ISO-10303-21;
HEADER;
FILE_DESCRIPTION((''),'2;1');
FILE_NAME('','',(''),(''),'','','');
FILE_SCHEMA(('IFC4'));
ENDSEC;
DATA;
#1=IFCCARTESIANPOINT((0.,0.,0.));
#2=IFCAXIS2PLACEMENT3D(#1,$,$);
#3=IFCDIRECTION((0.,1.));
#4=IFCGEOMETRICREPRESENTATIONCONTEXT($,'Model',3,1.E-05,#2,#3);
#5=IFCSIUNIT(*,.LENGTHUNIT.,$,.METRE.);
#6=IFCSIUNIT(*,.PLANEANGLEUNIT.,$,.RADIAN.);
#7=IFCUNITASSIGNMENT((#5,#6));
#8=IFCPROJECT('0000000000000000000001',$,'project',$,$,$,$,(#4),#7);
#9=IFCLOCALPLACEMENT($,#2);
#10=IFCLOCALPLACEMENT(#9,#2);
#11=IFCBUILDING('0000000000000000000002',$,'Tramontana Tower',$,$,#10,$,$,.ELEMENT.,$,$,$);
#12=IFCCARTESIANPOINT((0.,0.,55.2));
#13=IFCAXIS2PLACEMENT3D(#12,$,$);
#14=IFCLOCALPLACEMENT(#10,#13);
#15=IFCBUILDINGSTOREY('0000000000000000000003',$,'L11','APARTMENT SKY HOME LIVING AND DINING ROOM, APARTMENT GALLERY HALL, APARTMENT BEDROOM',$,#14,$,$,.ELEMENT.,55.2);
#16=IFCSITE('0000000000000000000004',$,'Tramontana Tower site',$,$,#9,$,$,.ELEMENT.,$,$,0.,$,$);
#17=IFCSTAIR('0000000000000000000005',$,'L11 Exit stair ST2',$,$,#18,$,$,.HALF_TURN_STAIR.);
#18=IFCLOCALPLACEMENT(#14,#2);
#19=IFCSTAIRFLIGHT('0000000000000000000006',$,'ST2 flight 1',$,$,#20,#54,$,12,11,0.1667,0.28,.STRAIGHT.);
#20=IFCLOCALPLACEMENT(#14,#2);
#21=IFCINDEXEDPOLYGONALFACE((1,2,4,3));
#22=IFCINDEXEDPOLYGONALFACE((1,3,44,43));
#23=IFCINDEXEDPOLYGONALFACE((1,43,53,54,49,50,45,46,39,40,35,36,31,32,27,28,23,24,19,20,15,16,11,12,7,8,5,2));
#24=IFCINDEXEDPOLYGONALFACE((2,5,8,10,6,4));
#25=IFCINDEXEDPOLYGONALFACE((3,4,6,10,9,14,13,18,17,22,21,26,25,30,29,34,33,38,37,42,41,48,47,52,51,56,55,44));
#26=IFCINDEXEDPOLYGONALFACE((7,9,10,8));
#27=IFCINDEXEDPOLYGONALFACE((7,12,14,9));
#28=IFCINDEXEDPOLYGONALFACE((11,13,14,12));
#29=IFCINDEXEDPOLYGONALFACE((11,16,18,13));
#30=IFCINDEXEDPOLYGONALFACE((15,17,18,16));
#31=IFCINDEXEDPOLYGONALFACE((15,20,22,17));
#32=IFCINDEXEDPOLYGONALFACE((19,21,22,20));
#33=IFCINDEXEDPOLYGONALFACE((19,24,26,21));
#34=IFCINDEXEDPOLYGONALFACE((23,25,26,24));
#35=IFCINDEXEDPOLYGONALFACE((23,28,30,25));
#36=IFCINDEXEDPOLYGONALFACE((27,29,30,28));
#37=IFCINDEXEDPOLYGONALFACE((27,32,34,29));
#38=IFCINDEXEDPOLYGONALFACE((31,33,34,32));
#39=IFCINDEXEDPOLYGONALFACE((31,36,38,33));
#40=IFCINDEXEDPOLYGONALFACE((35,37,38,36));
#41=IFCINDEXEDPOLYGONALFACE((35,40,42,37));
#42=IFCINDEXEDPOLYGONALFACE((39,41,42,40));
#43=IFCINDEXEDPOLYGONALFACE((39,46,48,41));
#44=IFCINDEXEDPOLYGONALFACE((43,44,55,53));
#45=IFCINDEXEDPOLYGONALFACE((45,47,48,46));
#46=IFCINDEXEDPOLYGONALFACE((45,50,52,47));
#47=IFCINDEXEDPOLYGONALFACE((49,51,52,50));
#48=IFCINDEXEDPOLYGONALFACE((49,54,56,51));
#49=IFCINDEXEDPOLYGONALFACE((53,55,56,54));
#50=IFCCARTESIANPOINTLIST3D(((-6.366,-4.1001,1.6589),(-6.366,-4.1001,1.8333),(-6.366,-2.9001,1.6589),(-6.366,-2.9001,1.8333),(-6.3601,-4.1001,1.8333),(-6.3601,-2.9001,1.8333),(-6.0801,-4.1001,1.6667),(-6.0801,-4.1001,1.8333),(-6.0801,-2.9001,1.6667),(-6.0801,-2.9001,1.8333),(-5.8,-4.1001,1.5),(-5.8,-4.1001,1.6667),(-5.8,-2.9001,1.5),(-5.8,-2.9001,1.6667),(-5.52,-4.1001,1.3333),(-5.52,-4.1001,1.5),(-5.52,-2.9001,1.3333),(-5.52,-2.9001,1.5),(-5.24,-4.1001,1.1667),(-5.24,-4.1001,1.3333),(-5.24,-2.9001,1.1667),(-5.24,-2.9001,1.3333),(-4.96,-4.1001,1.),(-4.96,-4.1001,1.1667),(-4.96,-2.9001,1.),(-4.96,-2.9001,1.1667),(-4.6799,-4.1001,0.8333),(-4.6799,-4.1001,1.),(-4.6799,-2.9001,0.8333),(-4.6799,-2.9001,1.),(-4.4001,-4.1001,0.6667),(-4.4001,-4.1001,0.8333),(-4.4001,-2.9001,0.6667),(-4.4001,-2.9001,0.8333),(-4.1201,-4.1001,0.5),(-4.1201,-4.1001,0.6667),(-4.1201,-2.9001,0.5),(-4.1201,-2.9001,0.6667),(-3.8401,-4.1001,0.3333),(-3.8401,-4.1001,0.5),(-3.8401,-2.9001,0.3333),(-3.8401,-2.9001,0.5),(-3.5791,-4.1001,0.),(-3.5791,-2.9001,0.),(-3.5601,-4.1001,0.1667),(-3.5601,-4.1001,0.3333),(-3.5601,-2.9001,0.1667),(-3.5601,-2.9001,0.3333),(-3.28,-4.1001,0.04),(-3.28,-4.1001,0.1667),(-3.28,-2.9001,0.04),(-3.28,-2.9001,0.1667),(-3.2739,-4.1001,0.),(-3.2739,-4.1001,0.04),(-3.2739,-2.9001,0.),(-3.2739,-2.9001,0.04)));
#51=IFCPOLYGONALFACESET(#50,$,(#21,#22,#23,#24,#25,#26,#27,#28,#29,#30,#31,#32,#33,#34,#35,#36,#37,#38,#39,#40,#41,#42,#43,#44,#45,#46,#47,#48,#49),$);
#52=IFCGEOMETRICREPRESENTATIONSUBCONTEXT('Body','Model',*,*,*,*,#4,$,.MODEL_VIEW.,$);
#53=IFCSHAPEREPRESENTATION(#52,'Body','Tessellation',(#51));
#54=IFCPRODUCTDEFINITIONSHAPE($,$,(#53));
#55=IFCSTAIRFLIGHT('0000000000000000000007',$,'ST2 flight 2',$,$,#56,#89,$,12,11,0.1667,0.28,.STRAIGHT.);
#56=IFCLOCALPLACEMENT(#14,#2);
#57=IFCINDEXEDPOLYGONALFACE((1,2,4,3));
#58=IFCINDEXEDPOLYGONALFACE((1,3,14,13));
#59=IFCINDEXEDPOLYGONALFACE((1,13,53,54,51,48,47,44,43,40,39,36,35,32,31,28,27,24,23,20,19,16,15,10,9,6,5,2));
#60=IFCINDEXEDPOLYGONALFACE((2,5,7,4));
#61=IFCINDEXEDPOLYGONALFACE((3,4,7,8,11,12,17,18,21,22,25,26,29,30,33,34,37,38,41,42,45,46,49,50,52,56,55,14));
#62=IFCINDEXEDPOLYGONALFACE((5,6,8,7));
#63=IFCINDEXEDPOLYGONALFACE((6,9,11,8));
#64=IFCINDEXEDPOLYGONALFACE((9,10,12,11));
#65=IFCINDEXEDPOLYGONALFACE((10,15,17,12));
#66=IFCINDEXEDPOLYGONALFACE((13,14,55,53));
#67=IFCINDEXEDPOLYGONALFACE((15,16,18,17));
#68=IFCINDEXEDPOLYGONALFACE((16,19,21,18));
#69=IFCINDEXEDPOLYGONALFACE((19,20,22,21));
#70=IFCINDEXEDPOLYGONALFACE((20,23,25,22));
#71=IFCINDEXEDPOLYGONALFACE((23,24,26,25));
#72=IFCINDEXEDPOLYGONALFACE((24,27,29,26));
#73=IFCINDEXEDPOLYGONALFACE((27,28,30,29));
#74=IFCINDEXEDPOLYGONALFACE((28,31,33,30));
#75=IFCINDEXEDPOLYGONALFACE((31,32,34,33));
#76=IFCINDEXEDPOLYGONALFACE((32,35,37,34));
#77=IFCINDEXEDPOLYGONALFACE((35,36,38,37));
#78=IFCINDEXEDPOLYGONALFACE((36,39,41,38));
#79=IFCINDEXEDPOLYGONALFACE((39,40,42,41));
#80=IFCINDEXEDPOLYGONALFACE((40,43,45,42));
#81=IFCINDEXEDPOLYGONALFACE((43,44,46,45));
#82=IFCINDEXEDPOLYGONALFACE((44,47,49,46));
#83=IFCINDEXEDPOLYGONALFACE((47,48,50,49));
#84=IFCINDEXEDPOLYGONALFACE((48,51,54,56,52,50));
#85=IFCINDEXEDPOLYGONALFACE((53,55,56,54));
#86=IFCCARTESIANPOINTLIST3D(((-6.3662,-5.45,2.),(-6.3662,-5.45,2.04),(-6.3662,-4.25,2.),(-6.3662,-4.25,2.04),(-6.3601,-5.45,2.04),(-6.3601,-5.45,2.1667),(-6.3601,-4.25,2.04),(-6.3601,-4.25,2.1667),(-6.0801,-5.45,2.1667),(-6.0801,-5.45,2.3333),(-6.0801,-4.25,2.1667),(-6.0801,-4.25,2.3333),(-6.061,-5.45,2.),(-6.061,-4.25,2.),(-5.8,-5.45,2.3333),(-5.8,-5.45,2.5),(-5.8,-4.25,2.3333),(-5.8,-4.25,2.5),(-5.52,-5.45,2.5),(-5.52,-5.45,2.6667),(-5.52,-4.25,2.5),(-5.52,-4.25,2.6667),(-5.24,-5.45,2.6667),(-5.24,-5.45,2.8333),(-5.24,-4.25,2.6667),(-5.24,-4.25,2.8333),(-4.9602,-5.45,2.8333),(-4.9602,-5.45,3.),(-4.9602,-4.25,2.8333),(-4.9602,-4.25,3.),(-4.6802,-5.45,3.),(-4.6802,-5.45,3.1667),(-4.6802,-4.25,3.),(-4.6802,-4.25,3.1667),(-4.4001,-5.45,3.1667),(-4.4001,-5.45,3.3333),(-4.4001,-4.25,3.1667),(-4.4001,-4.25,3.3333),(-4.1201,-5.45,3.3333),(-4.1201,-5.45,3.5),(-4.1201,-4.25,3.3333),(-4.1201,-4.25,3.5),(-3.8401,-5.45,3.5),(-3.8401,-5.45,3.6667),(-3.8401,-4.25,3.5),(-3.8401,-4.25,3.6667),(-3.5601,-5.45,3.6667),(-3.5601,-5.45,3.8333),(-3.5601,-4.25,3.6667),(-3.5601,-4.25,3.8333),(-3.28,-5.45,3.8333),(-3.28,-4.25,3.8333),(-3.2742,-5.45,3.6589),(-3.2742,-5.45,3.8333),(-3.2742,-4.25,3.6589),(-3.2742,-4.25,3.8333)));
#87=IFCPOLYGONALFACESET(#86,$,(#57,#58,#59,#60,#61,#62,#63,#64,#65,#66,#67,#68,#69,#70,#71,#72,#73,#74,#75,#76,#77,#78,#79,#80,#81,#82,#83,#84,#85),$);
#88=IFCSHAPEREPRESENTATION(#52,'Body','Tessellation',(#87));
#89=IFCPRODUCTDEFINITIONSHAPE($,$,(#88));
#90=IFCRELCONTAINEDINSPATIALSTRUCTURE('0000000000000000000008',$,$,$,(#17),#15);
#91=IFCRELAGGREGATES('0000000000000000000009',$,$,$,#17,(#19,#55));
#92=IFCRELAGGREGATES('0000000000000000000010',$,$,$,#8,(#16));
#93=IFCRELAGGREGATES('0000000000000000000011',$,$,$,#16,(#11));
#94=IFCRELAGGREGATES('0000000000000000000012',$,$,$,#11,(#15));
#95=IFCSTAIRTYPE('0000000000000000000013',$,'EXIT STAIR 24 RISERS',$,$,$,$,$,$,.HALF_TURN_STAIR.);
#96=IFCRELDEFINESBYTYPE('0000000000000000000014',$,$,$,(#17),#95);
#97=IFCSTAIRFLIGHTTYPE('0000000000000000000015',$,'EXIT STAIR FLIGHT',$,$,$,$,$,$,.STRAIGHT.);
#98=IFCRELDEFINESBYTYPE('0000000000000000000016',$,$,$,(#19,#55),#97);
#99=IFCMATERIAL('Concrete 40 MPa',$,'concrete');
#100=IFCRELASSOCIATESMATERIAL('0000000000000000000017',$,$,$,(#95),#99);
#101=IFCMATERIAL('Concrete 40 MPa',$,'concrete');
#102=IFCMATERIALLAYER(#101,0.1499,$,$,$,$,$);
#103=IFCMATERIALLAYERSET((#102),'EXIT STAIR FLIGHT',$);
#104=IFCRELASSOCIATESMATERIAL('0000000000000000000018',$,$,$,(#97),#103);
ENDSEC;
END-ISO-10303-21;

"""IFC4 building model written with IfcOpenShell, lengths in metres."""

from ifc_helpers import new_model, si_unit, direction, frame, origin, place, context, subcontext, project, spatial, polyline, outline, extrude, material, layer, layer_set, type_object, element, aggregate, save


model = new_model("IFC4")

# Units and contexts
model_context = context("Model", 3, precision=1e-05, world=origin(), true_north=direction((0.0, 1.0)))
body_context = subcontext(model_context, "Body", "Model", "MODEL_VIEW")
ifc_project = project(units=[si_unit("LENGTHUNIT", "METRE"), si_unit("PLANEANGLEUNIT", "RADIAN")], contexts=[model_context])

# Site, building, storey
site_placement = place(None, origin())
site = spatial("IfcSite", under=ifc_project, at=site_placement, Name="Tramontana Tower site", CompositionType="ELEMENT", RefElevation=0.0)
building_placement = place(site_placement, origin())
building = spatial("IfcBuilding", under=site, at=building_placement, Name="Tramontana Tower", CompositionType="ELEMENT")
storey_placement = place(building_placement, frame((0.0, 0.0, 55.2)))
storey = spatial("IfcBuildingStorey", under=building, at=storey_placement, Name="L11", Description="APARTMENT SKY HOME LIVING AND DINING ROOM, APARTMENT GALLERY HALL, APARTMENT BEDROOM", CompositionType="ELEMENT", Elevation=55.2)

# Stair, stair flights
ifc_material_1 = material(Name="Concrete 40 MPa", Category="concrete")
stair_type = type_object("IfcStairType", Name="EXIT STAIR 24 RISERS", PredefinedType="HALF_TURN_STAIR", material=ifc_material_1)
stair_placement = place(storey_placement, origin())
stair = element("IfcStair", 1, at=stair_placement, inside=storey, type_object=stair_type, Name="L11 Exit stair ST2", PredefinedType="HALF_TURN_STAIR")
ifc_material_2 = material(Name="Concrete 40 MPa", Category="concrete")
ifc_layer_1 = layer(ifc_material_2, 0.1499)
ifc_layer_set_1 = layer_set([ifc_layer_1], Name="EXIT STAIR FLIGHT")
stair_flight_type = type_object("IfcStairFlightType", Name="EXIT STAIR FLIGHT", PredefinedType="STRAIGHT", material=ifc_layer_set_1)
stair_flight_1_placement = place(storey_placement, frame((-3.28, -3.5, 0.0), z_axis=(0.0, 0.0, 1.0), x_axis=(-1.0, 0.0, 0.0)))
stair_flight_1 = element("IfcStairFlight", 2, at=stair_flight_1_placement, type_object=stair_flight_type, Name="ST2 flight 1", NumberOfRisers=12, NumberOfTreads=11, PredefinedType="STRAIGHT", RiserHeight=0.1667, TreadLength=0.28, context=body_context, shape_type="SweptSolid", body=[
    extrude(outline(polyline([(-0.0061, 0.0), (-0.0061, 0.04), (0.0, 0.04), (0.0, 0.1667), (0.28, 0.1667), (0.28, 0.3333), (0.5601, 0.3333), (0.5601, 0.5), (0.8401, 0.5), (0.8401, 0.6667), (1.1201, 0.6667), (1.1201, 0.8333), (1.3999, 0.8333), (1.3999, 1.0), (1.6799, 1.0), (1.6799, 1.1667), (1.96, 1.1667), (1.96, 1.3333), (2.24, 1.3333), (2.24, 1.5), (2.52, 1.5), (2.52, 1.6667), (2.8, 1.6667), (2.8, 1.8333), (3.0801, 1.8333), (3.0859, 1.8333), (3.0859, 1.6589), (0.2991, 0.0), (-0.0061, 0.0)])), frame((0.0, 0.6001, 0.0), z_axis=(0.0, -1.0, 0.0), x_axis=(1.0, 0.0, 0.0)), (0.0, 0.0, 1.0), 1.2),
])
stair_flight_2_placement = place(storey_placement, frame((-6.3601, -4.8501, 2.0), z_axis=(0.0, 0.0, 1.0), x_axis=(1.0, 0.0, 0.0)))
stair_flight_2 = element("IfcStairFlight", 3, at=stair_flight_2_placement, type_object=stair_flight_type, Name="ST2 flight 2", NumberOfRisers=12, NumberOfTreads=11, PredefinedType="STRAIGHT", RiserHeight=0.1667, TreadLength=0.28, context=body_context, shape_type="SweptSolid", body=[
    extrude(outline(polyline([(-0.0061, 0.0), (-0.0061, 0.04), (0.0, 0.04), (0.0, 0.1667), (0.28, 0.1667), (0.28, 0.3333), (0.5601, 0.3333), (0.5601, 0.5), (0.8401, 0.5), (0.8401, 0.6667), (1.1201, 0.6667), (1.1201, 0.8333), (1.3999, 0.8333), (1.3999, 1.0), (1.6799, 1.0), (1.6799, 1.1667), (1.96, 1.1667), (1.96, 1.3333), (2.24, 1.3333), (2.24, 1.5), (2.52, 1.5), (2.52, 1.6667), (2.8, 1.6667), (2.8, 1.8333), (3.0801, 1.8333), (3.0859, 1.8333), (3.0859, 1.6589), (0.2991, 0.0), (-0.0061, 0.0)])), frame((0.0, 0.6001, 0.0), z_axis=(0.0, -1.0, 0.0), x_axis=(1.0, 0.0, 0.0)), (0.0, 0.0, 1.0), 1.2),
])
aggregate(stair, [stair_flight_1, stair_flight_2])

save(model, "model.ifc")
